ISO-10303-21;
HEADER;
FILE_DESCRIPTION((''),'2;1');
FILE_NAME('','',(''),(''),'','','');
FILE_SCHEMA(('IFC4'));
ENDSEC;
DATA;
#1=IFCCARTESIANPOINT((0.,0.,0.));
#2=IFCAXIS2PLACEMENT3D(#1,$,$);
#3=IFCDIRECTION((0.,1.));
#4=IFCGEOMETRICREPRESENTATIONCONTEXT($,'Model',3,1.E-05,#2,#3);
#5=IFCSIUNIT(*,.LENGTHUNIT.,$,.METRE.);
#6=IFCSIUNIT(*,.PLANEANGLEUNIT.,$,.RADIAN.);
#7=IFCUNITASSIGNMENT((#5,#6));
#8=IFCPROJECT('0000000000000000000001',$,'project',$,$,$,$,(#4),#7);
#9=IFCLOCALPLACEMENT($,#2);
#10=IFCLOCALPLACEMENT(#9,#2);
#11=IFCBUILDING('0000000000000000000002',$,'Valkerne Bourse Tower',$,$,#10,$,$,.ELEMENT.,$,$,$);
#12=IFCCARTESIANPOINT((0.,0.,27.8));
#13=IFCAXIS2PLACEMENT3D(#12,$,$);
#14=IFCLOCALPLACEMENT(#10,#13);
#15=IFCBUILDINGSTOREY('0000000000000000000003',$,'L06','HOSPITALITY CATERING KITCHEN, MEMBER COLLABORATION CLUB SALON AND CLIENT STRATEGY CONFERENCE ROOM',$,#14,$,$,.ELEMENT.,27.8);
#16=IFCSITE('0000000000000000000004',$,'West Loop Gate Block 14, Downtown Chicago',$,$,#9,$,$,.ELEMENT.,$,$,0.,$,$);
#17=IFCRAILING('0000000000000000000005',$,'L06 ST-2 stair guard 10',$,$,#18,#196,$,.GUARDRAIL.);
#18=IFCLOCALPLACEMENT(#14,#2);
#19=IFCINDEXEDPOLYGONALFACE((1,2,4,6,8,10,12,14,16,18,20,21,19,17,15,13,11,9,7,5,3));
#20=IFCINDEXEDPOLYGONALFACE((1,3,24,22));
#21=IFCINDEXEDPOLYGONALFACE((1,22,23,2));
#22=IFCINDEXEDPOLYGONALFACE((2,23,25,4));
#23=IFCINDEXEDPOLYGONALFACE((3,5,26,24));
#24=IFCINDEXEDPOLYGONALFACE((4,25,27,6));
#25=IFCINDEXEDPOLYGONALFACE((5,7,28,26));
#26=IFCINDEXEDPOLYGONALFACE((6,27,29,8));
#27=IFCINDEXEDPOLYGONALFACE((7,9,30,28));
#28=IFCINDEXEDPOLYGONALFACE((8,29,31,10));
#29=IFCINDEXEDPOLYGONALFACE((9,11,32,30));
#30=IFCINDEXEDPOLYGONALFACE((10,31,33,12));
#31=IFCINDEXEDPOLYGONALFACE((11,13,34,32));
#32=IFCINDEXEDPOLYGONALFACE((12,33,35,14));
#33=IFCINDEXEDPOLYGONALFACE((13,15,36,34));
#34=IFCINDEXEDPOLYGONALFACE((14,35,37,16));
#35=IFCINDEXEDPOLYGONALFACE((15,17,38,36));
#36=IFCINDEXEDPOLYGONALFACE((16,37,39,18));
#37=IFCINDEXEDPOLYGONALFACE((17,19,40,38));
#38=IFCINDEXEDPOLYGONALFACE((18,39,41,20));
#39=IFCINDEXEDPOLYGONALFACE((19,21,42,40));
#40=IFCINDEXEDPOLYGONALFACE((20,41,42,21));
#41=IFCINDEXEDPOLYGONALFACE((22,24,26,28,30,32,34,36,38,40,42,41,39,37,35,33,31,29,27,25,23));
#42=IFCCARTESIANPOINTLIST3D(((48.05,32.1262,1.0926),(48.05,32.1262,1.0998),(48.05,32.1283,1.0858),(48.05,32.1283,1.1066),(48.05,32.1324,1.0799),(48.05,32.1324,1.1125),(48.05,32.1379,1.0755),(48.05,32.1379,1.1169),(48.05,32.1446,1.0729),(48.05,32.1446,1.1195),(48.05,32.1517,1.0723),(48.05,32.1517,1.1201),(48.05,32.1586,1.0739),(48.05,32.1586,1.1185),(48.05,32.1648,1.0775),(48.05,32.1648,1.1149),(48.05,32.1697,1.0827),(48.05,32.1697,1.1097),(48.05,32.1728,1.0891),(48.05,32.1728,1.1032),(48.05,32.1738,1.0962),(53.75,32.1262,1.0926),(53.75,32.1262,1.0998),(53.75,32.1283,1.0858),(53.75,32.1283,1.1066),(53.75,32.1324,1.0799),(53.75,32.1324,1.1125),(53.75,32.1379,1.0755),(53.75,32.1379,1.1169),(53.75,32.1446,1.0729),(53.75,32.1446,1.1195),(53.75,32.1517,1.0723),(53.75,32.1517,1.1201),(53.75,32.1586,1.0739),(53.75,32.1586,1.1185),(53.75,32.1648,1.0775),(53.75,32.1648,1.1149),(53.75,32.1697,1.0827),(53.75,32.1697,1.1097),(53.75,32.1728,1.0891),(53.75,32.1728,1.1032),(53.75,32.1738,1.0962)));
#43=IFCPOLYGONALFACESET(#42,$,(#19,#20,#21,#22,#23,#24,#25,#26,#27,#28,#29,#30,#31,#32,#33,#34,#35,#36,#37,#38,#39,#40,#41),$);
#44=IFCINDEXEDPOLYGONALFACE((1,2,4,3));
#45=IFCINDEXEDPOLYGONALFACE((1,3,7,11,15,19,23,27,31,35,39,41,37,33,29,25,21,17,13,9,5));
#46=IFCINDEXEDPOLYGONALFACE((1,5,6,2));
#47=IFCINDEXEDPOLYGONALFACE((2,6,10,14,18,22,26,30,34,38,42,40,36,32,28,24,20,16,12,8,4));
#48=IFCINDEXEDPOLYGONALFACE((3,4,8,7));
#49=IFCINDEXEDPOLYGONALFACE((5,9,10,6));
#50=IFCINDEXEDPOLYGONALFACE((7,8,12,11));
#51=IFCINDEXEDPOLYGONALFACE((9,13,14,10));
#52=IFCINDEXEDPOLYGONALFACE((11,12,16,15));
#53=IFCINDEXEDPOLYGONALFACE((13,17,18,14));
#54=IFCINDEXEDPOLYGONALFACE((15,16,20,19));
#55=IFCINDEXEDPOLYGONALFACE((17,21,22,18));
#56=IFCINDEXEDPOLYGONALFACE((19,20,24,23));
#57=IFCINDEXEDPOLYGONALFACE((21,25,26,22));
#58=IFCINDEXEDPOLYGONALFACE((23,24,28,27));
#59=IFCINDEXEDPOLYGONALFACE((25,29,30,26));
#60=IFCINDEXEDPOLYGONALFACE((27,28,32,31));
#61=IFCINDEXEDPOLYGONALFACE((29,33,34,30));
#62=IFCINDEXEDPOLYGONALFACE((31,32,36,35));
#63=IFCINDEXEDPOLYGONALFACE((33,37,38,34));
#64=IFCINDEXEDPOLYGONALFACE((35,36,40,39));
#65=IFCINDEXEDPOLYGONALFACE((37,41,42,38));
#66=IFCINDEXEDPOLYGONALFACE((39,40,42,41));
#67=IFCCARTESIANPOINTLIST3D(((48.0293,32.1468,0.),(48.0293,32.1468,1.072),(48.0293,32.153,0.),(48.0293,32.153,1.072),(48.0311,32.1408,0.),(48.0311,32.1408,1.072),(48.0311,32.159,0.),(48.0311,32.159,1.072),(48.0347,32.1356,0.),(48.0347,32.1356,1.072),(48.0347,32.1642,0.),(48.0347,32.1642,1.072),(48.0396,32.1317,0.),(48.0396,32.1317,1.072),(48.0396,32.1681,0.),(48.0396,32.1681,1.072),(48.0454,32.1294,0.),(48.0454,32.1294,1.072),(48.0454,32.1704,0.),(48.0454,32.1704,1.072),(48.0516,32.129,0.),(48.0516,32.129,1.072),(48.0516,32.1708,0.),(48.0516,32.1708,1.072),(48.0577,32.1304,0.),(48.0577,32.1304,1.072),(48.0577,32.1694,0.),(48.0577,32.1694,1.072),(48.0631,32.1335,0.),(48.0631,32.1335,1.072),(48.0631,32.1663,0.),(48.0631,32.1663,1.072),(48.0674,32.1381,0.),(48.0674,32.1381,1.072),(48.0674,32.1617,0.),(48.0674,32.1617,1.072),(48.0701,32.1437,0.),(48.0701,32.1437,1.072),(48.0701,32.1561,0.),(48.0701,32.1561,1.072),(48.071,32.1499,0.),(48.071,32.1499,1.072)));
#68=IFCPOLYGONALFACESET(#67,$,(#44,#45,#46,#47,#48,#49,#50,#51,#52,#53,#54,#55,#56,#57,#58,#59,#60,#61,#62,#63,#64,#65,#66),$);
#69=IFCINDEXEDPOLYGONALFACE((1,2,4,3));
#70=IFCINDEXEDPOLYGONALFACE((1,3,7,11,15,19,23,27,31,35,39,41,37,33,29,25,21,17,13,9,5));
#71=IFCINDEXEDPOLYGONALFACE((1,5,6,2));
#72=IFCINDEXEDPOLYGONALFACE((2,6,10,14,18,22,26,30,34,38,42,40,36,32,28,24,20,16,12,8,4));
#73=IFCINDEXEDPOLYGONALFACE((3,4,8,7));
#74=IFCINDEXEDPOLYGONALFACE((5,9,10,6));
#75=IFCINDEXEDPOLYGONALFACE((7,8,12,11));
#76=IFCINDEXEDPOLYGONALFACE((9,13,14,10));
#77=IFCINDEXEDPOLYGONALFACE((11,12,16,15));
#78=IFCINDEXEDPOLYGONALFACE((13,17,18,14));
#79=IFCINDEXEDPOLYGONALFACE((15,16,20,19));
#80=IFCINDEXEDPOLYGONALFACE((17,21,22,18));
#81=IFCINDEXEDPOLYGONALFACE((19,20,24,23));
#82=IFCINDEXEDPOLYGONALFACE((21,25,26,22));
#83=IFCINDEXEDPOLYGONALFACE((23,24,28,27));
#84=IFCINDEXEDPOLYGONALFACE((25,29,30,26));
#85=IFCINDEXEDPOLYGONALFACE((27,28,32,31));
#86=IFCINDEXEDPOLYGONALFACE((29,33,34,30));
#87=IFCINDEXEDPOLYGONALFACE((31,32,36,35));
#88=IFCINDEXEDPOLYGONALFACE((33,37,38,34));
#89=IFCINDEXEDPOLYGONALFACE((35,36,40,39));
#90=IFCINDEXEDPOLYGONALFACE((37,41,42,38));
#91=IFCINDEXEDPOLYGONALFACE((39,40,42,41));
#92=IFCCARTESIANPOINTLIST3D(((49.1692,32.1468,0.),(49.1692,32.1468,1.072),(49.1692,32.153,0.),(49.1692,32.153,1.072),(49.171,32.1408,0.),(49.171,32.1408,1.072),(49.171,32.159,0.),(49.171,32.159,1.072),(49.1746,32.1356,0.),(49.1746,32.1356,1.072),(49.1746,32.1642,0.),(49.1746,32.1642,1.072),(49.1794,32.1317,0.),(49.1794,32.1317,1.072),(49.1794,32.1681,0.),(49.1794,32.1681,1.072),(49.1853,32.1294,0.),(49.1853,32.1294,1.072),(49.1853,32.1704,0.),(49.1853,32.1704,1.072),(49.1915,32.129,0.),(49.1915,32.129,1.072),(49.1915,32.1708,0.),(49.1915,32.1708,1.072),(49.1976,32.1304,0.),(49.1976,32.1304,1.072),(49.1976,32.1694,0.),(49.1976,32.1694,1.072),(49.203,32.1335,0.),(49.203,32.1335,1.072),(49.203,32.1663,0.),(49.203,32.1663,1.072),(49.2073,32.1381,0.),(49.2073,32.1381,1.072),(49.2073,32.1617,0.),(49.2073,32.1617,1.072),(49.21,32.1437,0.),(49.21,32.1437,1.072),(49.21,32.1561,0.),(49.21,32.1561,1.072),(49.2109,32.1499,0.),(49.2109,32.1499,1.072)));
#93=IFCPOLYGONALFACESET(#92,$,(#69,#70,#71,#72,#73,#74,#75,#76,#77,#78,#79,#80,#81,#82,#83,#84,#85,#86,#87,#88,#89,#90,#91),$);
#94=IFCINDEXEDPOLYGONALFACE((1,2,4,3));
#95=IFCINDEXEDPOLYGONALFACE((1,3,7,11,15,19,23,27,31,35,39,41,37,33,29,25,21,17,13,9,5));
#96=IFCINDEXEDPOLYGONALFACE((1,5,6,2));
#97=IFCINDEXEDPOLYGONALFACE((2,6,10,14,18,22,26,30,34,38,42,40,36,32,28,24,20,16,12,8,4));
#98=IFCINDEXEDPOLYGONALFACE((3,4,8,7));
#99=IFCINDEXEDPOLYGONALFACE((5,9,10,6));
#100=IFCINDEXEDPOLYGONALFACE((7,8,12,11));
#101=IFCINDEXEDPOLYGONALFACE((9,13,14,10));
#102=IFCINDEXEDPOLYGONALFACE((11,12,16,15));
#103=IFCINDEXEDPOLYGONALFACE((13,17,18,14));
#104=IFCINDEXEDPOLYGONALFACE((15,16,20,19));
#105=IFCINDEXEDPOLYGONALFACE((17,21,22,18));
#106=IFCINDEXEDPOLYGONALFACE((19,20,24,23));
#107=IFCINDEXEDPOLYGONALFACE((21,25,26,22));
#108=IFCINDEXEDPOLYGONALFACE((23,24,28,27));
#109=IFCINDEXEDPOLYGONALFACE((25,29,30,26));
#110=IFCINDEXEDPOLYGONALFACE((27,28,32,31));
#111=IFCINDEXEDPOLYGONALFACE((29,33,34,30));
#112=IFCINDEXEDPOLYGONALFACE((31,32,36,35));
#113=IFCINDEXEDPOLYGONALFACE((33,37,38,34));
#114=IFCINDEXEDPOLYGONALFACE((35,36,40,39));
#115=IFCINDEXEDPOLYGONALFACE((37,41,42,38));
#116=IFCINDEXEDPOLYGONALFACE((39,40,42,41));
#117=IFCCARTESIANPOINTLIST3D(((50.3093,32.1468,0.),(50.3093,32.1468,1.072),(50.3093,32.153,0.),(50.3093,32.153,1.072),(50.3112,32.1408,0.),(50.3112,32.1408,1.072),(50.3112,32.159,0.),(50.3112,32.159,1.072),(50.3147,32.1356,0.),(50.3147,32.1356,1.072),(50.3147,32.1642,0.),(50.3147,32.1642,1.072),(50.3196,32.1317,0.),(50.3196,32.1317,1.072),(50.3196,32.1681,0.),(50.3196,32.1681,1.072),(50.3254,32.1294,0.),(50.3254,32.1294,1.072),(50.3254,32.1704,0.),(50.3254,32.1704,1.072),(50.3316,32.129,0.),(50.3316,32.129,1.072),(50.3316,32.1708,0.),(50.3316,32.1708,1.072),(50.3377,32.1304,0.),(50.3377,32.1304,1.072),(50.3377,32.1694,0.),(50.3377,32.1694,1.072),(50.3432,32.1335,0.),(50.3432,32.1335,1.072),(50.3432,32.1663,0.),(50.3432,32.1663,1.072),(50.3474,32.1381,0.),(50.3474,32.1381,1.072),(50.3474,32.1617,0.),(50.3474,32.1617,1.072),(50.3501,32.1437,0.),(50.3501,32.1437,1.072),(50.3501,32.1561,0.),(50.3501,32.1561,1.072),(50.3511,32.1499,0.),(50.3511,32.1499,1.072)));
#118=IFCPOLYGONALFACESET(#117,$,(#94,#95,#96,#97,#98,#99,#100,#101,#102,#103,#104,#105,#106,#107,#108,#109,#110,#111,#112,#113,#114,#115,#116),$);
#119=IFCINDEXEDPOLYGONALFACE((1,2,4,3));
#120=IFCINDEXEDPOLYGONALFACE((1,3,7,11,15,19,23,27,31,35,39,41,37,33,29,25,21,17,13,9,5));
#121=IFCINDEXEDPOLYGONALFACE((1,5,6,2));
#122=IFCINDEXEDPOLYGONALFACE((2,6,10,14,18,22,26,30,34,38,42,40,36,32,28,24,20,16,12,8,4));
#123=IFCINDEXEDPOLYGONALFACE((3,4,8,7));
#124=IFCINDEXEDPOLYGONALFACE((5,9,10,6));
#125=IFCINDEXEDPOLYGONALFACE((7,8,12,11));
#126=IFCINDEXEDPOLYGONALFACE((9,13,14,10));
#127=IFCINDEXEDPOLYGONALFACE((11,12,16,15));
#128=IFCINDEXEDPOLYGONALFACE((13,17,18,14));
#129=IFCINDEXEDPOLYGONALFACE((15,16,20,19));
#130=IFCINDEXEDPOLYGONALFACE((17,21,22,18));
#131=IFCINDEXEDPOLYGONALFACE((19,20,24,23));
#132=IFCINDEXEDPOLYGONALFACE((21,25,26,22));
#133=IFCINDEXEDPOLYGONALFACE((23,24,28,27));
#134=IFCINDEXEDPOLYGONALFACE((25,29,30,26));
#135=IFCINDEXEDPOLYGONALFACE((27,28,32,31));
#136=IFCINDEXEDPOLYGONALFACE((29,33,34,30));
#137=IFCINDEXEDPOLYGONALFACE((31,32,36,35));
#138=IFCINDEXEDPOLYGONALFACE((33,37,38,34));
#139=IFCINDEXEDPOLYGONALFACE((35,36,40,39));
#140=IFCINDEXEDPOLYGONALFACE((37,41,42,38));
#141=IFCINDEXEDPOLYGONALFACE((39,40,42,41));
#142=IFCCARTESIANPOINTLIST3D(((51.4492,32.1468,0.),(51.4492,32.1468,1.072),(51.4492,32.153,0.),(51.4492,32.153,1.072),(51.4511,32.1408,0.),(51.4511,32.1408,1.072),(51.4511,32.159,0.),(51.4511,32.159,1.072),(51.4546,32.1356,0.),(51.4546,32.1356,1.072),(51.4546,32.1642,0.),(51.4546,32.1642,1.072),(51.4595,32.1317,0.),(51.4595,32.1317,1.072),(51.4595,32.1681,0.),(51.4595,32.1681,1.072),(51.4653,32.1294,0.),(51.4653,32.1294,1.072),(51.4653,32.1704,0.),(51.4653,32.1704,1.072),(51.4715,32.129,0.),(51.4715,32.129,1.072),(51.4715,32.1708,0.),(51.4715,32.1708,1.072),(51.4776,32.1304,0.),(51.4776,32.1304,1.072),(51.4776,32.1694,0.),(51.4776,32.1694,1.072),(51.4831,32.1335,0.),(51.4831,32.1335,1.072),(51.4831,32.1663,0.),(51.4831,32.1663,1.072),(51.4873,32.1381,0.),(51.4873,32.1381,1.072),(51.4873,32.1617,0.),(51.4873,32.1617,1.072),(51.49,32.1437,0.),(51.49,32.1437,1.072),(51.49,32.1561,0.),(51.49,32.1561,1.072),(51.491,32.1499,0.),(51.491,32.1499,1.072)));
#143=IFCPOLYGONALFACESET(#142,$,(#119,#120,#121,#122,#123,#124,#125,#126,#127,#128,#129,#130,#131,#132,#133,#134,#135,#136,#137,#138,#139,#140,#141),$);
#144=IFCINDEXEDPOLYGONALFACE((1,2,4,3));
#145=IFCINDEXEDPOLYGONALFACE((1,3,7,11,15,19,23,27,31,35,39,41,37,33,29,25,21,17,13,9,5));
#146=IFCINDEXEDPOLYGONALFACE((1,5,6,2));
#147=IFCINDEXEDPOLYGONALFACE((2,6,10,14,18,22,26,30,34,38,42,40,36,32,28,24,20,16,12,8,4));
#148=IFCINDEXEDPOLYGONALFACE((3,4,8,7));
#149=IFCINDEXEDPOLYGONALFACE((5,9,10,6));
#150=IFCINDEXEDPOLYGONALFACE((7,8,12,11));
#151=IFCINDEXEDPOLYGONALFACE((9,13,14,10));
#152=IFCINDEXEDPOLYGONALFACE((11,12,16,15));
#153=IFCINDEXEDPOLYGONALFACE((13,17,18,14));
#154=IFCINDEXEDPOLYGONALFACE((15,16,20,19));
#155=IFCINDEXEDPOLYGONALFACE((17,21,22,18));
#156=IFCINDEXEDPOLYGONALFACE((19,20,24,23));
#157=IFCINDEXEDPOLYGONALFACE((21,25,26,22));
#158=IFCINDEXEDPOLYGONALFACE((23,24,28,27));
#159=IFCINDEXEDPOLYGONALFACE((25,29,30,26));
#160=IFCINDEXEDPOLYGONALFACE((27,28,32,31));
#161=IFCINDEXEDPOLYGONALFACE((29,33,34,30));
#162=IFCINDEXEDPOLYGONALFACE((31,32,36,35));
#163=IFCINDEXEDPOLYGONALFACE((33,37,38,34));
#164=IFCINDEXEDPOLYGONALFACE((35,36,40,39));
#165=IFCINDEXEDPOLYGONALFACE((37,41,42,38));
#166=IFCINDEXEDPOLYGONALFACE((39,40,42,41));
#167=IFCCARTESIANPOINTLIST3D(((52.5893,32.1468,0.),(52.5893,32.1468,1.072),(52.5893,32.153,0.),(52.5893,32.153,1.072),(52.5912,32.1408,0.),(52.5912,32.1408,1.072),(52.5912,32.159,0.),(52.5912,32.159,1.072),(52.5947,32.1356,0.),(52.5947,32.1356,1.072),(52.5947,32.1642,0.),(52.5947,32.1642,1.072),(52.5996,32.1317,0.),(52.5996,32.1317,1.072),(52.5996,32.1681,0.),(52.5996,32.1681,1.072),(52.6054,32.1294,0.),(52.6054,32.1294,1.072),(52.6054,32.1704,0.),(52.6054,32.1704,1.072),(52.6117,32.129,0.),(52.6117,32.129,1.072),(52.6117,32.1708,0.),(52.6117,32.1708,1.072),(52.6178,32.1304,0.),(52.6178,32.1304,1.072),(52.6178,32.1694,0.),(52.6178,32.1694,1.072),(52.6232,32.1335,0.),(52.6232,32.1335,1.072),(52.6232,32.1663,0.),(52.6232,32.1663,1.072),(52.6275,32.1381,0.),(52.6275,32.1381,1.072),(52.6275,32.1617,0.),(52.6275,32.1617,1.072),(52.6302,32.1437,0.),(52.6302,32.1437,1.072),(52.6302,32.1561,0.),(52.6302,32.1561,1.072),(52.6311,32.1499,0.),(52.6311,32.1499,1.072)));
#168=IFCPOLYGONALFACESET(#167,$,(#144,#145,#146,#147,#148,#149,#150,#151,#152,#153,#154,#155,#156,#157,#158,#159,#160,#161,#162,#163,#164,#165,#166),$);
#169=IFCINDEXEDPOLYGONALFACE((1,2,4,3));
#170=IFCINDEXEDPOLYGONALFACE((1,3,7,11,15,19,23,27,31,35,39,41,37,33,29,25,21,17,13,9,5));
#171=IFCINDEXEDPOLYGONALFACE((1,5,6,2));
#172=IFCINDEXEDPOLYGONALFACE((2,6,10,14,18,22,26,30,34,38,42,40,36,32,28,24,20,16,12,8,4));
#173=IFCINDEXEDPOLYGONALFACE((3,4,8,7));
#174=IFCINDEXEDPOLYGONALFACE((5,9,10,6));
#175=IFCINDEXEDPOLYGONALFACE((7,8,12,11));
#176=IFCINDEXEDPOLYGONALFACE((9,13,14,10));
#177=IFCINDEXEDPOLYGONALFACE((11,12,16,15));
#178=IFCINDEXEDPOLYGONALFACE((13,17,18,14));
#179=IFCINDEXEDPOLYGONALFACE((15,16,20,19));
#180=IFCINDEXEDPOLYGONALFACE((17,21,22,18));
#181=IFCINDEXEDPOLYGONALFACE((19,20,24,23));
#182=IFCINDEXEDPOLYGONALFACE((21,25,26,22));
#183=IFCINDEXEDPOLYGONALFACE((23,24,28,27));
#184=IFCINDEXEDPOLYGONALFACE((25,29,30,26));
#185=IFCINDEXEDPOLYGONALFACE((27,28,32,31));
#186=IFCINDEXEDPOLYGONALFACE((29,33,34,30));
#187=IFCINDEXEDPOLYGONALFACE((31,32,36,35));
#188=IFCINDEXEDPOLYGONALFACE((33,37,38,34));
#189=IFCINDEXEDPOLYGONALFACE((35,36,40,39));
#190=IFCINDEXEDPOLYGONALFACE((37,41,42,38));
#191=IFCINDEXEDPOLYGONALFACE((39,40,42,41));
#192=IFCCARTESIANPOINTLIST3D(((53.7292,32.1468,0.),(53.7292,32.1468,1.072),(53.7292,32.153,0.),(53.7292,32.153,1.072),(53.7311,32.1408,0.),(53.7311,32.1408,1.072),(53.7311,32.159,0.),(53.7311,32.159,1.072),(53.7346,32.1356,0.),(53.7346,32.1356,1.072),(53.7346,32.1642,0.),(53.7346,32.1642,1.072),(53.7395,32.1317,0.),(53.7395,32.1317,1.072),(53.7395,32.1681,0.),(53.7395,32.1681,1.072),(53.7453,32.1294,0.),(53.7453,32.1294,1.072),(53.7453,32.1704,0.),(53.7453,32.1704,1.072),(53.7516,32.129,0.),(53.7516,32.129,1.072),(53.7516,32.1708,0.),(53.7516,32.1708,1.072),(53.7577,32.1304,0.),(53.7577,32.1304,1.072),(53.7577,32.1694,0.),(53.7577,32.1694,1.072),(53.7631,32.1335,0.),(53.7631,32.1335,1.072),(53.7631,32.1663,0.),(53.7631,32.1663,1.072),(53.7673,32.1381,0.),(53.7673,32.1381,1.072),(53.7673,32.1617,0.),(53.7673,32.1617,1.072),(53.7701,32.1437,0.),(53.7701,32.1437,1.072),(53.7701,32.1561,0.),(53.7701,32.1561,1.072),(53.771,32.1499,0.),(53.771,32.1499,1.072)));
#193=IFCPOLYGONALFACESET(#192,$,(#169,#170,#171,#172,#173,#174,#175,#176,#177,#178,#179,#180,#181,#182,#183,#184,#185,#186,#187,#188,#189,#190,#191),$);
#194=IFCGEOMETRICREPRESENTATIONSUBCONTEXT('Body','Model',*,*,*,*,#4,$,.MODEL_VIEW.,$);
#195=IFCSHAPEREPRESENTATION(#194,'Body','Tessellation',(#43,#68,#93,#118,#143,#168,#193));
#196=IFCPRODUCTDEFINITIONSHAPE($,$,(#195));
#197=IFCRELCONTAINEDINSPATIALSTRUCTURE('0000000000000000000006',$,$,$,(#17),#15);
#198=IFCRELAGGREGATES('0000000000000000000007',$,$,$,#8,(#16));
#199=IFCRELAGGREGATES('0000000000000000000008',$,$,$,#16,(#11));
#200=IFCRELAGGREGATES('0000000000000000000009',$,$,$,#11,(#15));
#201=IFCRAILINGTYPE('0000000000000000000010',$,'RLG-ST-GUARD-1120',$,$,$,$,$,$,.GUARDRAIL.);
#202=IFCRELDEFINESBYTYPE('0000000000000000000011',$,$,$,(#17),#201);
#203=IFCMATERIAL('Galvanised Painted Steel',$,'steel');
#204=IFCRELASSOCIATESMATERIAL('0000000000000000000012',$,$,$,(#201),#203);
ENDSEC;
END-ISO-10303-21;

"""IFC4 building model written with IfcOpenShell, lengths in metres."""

from ifc_helpers import new_model, si_unit, direction, frame, origin, origin_2d, place, context, subcontext, project, spatial, circle, extrude, material, type_object, element, save


model = new_model("IFC4")

# Units and contexts
model_context = context("Model", 3, precision=1e-05, world=origin(), true_north=direction((0.0, 1.0)))
body_context = subcontext(model_context, "Body", "Model", "MODEL_VIEW")
ifc_project = project(units=[si_unit("LENGTHUNIT", "METRE"), si_unit("PLANEANGLEUNIT", "RADIAN")], contexts=[model_context])

# Site, building, storey
site_placement = place(None, origin())
site = spatial("IfcSite", under=ifc_project, at=site_placement, Name="West Loop Gate Block 14, Downtown Chicago", CompositionType="ELEMENT", RefElevation=0.0)
building_placement = place(site_placement, origin())
building = spatial("IfcBuilding", under=site, at=building_placement, Name="Valkerne Bourse Tower", CompositionType="ELEMENT")
storey_placement = place(building_placement, frame((0.0, 0.0, 27.8)))
storey = spatial("IfcBuildingStorey", under=building, at=storey_placement, Name="L06", Description="HOSPITALITY CATERING KITCHEN, MEMBER COLLABORATION CLUB SALON AND CLIENT STRATEGY CONFERENCE ROOM", CompositionType="ELEMENT", Elevation=27.8)

# Shared definitions
ifc_material_1 = material(Name="Galvanised Painted Steel", Category="steel")

# Railing
railing_type_1 = type_object("IfcRailingType", Name="RLG-ST-GUARD-1120", PredefinedType="GUARDRAIL", material=ifc_material_1)
for number, where, name in (
    (1, (48.05, 32.1499, 0.0), "L06 ST-2 stair guard 10"),
):
    element("IfcRailing", number, at=place(storey_placement, frame(where)), inside=storey, type_object=railing_type_1, Name=name, PredefinedType="GUARDRAIL", context=body_context, shape_type="SweptSolid", body=[
        extrude(circle(Radius=0.0239, at=origin_2d()), frame((0.0, 0.0, 1.0962), z_axis=(1.0, 0.0, 0.0), x_axis=(0.0, 1.0, 0.0)), (0.0, 0.0, 1.0), 5.7),
        extrude(circle(Radius=0.021, at=origin_2d()), origin(), (0.0, 0.0, 1.0), 1.072),
        extrude(circle(Radius=0.021, at=origin_2d()), frame((1.1399, 0.0, 0.0)), (0.0, 0.0, 1.0), 1.072),
        extrude(circle(Radius=0.021, at=origin_2d()), frame((2.28, 0.0, 0.0)), (0.0, 0.0, 1.0), 1.072),
        extrude(circle(Radius=0.021, at=origin_2d()), frame((3.4199, 0.0, 0.0)), (0.0, 0.0, 1.0), 1.072),
        extrude(circle(Radius=0.021, at=origin_2d()), frame((4.5601, 0.0, 0.0)), (0.0, 0.0, 1.0), 1.072),
        extrude(circle(Radius=0.021, at=origin_2d()), frame((5.7, 0.0, 0.0)), (0.0, 0.0, 1.0), 1.072),
    ])

save(model, "model.ifc")
